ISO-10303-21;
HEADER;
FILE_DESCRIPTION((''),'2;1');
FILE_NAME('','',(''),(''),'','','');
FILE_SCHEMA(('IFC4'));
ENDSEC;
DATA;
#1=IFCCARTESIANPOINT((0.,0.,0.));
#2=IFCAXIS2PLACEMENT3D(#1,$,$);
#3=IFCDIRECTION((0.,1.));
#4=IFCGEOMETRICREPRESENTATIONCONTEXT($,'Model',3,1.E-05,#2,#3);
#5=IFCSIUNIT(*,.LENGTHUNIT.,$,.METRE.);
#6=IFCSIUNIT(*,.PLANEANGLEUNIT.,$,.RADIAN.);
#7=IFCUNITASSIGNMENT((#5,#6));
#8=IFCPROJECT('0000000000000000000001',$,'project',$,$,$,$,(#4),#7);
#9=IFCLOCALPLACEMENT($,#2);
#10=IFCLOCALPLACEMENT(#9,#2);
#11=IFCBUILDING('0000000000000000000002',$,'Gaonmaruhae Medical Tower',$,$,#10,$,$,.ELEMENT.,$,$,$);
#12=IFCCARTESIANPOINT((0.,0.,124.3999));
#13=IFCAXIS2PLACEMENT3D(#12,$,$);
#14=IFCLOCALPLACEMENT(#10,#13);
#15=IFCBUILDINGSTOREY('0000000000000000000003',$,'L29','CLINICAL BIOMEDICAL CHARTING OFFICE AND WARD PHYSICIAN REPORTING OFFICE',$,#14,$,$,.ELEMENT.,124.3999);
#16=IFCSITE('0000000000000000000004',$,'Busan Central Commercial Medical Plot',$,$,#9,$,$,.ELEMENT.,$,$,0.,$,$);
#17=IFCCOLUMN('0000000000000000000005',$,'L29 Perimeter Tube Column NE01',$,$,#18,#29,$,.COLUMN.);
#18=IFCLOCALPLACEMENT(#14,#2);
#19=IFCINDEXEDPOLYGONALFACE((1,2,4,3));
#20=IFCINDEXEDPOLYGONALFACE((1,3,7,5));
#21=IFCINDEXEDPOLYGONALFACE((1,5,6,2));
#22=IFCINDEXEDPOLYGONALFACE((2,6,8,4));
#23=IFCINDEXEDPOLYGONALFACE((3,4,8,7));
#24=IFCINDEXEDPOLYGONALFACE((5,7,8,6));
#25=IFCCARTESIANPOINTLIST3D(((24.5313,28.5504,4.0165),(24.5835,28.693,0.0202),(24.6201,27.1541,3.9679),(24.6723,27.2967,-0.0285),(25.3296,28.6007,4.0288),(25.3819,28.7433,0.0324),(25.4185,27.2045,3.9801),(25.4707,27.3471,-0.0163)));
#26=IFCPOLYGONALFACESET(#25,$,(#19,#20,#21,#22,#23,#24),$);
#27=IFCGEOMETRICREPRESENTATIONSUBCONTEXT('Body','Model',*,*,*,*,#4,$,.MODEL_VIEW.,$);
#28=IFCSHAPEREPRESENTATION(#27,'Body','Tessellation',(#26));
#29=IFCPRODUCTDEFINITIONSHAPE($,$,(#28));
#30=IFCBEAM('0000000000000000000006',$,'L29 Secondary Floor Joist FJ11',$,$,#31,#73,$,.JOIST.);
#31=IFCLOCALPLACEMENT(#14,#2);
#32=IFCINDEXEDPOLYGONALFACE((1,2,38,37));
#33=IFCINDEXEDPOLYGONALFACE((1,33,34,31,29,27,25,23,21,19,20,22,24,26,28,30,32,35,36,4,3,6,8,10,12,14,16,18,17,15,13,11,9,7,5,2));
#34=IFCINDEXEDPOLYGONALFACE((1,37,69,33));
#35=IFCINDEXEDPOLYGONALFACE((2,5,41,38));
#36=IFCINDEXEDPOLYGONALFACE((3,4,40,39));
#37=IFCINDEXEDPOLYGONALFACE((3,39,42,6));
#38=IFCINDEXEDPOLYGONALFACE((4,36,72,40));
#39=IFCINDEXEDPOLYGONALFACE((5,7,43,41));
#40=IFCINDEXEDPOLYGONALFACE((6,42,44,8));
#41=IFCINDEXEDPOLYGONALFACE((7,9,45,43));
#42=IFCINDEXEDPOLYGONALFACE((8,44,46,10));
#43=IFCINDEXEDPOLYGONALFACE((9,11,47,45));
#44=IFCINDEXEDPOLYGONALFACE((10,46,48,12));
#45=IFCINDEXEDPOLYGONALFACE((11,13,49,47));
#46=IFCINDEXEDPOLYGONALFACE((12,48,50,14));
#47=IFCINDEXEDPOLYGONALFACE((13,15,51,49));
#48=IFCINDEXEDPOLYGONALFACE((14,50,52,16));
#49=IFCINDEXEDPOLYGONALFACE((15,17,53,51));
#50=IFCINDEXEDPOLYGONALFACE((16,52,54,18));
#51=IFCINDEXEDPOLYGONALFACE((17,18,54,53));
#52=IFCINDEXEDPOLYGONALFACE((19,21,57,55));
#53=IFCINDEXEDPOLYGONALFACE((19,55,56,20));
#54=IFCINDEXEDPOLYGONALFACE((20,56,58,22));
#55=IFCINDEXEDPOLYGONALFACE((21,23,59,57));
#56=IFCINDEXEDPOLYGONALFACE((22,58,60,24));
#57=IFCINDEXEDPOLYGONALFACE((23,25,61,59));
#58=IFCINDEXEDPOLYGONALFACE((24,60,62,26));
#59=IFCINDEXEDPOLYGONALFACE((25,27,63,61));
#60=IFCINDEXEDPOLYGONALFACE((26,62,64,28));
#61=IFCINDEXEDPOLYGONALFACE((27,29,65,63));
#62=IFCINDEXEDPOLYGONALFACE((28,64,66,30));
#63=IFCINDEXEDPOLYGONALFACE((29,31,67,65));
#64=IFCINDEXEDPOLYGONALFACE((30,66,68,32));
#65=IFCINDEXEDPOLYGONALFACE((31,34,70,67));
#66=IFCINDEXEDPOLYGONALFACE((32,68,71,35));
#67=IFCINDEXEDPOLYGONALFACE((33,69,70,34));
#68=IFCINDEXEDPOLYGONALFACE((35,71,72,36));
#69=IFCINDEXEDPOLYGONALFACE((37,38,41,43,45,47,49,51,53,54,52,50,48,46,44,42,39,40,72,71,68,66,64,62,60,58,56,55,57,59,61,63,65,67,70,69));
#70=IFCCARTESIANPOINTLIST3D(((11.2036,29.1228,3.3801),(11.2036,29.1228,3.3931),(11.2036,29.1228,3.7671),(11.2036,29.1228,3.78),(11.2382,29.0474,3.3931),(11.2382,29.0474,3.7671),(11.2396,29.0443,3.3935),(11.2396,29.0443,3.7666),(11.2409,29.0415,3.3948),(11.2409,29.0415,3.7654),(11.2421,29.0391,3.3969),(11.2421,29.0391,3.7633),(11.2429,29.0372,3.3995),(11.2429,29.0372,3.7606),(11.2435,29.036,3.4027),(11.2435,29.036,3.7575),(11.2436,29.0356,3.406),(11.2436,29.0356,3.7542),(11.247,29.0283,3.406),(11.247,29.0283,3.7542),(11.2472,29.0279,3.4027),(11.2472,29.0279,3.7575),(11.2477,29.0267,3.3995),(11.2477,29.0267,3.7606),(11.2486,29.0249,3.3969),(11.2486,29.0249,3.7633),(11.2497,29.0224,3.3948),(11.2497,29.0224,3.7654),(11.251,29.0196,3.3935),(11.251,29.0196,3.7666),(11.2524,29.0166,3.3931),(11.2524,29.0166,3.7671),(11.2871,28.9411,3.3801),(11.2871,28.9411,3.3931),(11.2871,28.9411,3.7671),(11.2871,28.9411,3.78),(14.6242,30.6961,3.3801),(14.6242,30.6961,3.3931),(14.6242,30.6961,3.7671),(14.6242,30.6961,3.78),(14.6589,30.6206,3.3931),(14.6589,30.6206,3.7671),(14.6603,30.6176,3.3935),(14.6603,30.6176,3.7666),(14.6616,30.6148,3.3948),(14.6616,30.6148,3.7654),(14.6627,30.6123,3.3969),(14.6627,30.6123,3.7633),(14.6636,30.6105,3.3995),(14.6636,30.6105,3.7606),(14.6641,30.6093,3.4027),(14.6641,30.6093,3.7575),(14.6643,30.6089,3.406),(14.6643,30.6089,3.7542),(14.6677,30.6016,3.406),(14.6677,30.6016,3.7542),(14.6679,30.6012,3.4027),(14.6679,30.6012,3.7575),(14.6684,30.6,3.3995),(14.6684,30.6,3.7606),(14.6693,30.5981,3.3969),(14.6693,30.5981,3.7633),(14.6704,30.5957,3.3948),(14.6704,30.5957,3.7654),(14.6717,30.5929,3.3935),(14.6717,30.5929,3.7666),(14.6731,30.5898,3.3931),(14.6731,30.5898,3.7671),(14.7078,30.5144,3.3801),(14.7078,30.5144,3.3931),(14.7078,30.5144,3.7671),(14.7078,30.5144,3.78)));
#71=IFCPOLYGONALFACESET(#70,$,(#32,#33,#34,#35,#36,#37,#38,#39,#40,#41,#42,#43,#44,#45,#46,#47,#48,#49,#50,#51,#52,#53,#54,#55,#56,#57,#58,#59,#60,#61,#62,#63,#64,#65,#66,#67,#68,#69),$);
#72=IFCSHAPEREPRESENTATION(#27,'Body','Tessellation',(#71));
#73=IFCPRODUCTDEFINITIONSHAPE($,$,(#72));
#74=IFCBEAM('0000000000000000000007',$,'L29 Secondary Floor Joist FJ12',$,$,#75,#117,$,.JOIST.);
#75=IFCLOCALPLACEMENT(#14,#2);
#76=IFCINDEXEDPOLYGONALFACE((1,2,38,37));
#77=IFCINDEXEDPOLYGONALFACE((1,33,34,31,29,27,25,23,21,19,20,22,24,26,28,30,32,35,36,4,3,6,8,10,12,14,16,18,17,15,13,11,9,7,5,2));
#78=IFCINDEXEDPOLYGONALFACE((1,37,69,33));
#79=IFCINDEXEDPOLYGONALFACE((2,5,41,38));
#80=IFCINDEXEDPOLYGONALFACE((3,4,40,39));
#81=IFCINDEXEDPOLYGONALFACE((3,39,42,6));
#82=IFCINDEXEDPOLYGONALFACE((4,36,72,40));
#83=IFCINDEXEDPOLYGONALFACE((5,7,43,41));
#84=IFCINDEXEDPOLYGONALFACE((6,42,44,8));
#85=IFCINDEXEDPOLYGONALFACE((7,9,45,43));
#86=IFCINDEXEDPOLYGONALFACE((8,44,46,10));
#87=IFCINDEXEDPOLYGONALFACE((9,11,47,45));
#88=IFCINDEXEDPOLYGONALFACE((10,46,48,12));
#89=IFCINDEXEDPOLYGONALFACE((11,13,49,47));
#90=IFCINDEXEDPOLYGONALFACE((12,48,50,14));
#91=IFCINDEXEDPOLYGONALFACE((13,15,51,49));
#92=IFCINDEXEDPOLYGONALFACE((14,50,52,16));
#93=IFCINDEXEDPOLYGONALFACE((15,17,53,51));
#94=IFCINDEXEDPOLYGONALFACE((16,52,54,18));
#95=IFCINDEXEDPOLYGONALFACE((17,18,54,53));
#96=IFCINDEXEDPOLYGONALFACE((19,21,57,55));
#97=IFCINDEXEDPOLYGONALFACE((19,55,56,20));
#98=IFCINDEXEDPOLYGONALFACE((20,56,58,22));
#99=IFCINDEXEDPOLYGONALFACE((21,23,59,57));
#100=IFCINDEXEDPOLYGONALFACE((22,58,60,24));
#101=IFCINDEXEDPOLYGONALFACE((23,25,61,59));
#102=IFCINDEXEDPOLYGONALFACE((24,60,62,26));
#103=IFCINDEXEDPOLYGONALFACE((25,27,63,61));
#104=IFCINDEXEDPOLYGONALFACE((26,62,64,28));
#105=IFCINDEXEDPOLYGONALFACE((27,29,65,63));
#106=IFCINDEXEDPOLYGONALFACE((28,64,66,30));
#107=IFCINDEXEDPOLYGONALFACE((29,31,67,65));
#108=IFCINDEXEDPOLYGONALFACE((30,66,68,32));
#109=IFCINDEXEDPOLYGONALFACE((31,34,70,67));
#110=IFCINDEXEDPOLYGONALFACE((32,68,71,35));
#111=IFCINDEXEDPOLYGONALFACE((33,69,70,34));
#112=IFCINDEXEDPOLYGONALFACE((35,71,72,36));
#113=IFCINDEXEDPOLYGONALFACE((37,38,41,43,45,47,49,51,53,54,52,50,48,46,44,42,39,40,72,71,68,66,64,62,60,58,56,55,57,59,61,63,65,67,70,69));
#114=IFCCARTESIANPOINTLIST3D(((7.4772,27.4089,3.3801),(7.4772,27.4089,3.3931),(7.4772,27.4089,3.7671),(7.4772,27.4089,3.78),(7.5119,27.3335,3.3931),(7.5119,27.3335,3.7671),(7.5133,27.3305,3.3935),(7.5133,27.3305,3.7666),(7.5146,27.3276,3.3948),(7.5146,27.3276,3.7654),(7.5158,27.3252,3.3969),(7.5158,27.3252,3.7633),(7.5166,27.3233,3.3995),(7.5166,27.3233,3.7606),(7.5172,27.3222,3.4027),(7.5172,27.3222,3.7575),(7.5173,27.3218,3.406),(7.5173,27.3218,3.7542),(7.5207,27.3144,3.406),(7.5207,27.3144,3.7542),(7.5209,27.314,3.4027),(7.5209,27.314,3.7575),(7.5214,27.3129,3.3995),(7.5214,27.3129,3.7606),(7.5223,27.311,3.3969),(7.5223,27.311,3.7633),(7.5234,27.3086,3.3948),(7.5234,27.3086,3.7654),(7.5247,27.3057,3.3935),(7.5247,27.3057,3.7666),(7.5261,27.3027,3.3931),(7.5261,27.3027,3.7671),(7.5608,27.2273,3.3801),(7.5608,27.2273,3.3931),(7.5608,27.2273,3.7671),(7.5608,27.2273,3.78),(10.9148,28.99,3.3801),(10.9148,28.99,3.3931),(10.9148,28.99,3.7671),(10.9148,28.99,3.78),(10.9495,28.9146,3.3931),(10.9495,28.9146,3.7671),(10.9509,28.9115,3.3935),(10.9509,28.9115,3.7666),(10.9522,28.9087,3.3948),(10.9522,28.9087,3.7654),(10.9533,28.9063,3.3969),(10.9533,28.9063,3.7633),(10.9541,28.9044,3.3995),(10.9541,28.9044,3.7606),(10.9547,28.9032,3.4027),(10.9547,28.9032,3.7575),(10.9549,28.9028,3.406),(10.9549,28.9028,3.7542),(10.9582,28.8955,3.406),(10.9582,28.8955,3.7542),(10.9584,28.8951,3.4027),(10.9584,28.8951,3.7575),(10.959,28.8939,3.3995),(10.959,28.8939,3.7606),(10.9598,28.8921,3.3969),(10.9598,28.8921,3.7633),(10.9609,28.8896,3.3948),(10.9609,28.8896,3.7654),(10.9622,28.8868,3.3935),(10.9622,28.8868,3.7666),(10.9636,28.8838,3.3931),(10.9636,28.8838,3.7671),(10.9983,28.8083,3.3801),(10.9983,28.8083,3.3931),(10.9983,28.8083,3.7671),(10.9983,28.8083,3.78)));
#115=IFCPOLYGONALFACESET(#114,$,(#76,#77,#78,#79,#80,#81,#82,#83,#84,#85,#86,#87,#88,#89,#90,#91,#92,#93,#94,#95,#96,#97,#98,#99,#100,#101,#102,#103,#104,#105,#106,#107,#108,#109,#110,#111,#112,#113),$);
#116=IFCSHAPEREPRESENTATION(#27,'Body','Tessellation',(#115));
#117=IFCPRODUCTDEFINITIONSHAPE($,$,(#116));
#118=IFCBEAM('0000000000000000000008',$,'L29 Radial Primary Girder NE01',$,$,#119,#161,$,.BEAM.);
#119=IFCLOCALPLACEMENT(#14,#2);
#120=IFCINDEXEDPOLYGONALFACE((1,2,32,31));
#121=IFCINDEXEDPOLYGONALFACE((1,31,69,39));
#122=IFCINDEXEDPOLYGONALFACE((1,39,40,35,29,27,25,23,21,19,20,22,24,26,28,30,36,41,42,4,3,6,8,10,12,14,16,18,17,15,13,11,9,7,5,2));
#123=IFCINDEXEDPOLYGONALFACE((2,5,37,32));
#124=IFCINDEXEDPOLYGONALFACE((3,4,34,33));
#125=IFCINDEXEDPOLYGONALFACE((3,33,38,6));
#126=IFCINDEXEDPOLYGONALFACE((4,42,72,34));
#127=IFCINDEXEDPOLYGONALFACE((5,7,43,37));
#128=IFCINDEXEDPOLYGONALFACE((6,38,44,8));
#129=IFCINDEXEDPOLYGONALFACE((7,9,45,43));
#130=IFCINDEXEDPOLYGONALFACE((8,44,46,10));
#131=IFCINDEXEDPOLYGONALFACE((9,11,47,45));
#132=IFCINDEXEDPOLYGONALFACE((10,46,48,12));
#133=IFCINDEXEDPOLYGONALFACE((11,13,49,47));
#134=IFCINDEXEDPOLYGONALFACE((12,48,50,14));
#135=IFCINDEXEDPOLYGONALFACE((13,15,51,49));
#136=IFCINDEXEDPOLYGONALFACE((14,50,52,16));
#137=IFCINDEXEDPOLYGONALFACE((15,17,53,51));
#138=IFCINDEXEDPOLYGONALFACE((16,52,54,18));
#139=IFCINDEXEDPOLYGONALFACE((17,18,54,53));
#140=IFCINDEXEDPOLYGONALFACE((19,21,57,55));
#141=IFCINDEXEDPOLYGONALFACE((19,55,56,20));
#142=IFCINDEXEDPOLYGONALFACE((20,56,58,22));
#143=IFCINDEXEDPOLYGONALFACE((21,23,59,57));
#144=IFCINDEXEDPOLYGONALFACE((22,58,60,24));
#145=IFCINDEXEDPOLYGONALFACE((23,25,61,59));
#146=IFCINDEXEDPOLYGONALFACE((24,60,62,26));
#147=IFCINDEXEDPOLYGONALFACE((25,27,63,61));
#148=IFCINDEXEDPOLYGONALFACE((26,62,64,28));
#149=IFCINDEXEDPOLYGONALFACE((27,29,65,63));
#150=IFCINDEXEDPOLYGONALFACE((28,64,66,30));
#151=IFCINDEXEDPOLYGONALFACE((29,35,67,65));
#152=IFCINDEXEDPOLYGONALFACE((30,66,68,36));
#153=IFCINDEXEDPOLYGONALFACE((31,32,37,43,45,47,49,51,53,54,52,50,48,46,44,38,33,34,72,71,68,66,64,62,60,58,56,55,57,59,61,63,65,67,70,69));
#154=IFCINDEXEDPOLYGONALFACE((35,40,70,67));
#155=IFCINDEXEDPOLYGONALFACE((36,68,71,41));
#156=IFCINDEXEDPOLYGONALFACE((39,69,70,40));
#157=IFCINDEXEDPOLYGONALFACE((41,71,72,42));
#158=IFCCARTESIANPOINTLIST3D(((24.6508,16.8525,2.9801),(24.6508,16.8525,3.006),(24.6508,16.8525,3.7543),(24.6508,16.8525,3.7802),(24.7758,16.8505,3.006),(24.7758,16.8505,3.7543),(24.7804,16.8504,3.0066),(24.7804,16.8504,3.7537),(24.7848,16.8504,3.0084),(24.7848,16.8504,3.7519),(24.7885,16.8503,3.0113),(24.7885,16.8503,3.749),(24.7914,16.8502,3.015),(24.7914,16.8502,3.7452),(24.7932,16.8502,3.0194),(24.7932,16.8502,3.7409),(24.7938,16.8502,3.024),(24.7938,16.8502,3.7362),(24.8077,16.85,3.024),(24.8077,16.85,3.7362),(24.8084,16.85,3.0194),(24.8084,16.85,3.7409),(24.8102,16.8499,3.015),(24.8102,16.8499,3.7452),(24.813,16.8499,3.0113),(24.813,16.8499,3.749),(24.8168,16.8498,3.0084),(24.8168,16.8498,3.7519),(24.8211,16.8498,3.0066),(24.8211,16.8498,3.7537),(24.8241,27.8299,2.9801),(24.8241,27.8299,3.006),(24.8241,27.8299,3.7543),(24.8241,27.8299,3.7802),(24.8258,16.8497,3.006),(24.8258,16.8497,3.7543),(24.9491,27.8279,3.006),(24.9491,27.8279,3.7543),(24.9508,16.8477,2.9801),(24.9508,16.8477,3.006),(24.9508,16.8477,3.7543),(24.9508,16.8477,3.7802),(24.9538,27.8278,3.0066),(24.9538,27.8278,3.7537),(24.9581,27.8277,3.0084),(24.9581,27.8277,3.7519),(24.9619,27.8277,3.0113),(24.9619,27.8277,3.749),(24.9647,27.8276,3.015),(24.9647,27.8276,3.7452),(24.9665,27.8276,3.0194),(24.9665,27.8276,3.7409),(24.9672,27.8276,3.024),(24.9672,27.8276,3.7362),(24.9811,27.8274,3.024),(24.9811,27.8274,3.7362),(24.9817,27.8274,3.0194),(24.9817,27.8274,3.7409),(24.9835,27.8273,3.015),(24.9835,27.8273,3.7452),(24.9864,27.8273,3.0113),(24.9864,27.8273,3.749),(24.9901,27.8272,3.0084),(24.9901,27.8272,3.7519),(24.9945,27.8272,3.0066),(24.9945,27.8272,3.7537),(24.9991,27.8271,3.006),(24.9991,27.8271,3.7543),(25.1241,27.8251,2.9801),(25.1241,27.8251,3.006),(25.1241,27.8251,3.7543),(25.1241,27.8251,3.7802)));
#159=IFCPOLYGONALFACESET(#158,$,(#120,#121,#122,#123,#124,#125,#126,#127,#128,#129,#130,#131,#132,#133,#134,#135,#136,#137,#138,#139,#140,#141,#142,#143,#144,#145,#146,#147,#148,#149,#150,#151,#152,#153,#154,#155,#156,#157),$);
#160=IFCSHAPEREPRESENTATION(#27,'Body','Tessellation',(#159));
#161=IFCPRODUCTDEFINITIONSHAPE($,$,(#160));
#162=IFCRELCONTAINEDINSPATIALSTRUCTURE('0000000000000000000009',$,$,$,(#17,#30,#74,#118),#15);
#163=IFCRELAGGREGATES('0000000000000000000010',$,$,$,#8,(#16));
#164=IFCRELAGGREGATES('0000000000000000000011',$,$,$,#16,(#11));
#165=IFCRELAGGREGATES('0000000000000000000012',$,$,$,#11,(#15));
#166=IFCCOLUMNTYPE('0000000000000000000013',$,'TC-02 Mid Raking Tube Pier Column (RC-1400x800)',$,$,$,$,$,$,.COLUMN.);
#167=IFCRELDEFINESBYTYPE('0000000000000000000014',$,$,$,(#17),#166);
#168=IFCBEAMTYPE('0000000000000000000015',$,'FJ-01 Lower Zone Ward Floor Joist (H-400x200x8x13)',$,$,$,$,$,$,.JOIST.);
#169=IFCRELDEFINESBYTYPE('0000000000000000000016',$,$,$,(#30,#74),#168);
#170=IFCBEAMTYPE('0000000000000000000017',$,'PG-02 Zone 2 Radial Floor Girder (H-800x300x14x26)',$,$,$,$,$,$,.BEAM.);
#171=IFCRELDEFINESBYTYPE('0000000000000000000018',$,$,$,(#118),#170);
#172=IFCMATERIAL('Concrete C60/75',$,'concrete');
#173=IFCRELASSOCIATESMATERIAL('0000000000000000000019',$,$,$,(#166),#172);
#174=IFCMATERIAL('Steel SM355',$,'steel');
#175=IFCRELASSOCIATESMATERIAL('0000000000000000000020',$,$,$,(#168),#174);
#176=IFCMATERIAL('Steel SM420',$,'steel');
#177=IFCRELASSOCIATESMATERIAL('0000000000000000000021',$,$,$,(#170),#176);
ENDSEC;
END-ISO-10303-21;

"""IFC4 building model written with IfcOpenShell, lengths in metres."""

from ifc_helpers import new_model, si_unit, direction, frame, origin, origin_2d, place, context, subcontext, project, spatial, rectangle, i_section, extrude, material, material_profile, profile_set, type_object, element, save


model = new_model("IFC4")

# Units and contexts
model_context = context("Model", 3, precision=1e-05, world=origin(), true_north=direction((0.0, 1.0)))
body_context = subcontext(model_context, "Body", "Model", "MODEL_VIEW")
ifc_project = project(units=[si_unit("LENGTHUNIT", "METRE"), si_unit("PLANEANGLEUNIT", "RADIAN")], contexts=[model_context])

# Site, building, storey
site_placement = place(None, origin())
site = spatial("IfcSite", under=ifc_project, at=site_placement, Name="Busan Central Commercial Medical Plot", CompositionType="ELEMENT", RefElevation=0.0)
building_placement = place(site_placement, origin())
building = spatial("IfcBuilding", under=site, at=building_placement, Name="Gaonmaruhae Medical Tower", CompositionType="ELEMENT")
storey_placement = place(building_placement, frame((0.0, 0.0, 124.3999)))
storey = spatial("IfcBuildingStorey", under=building, at=storey_placement, Name="L29", Description="CLINICAL BIOMEDICAL CHARTING OFFICE AND WARD PHYSICIAN REPORTING OFFICE", CompositionType="ELEMENT", Elevation=124.3999)

# Column
ifc_material_1 = material(Name="Concrete C60/75", Category="concrete")
ifc_material_profile_1 = material_profile(ifc_material_1, rectangle(XDim=1.3999, YDim=0.8, at=origin_2d()), Name="RC-1400x800")
ifc_profile_set_1 = profile_set([ifc_material_profile_1], Name="Concrete C60/75")
column_type = type_object("IfcColumnType", Name="TC-02 Mid Raking Tube Pier Column (RC-1400x800)", PredefinedType="COLUMN", material=ifc_profile_set_1)
column_placement = place(storey_placement, frame((25.0271, 28.02, 0.002), z_axis=(-0.013064, -0.035651, 0.999279), x_axis=(-0.063457, 0.997379, 0.034754)))
element("IfcColumn", 1, at=column_placement, inside=storey, type_object=column_type, Name="L29 Perimeter Tube Column NE01", PredefinedType="COLUMN", context=body_context, shape_type="SweptSolid", body=[
    extrude(rectangle(XDim=1.3999, YDim=0.8, at=origin_2d()), origin(), (0.0, 0.0, 1.0), 3.9993),
])

# Beams
ifc_material_2 = material(Name="Steel SM355", Category="steel")
ifc_material_profile_2 = material_profile(ifc_material_2, i_section(OverallWidth=0.2, OverallDepth=0.3999, WebThickness=0.0081, FlangeThickness=0.0129, FilletRadius=0.0129, at=origin_2d()), Name="H-400x200x8x13")
ifc_profile_set_2 = profile_set([ifc_material_profile_2], Name="Steel SM355")
beam_type_1 = type_object("IfcBeamType", Name="FJ-01 Lower Zone Ward Floor Joist (H-400x200x8x13)", PredefinedType="JOIST", material=ifc_profile_set_2)
beam_1_placement = place(storey_placement, frame((14.666, 30.6052, 3.5801), z_axis=(-0.908517, -0.417849, 0.0), x_axis=(0.417849, -0.908517, 0.0)))
element("IfcBeam", 2, at=beam_1_placement, inside=storey, type_object=beam_type_1, Name="L29 Secondary Floor Joist FJ11", PredefinedType="JOIST", context=body_context, shape_type="SweptSolid", body=[
    extrude(i_section(OverallWidth=0.2, OverallDepth=0.3999, WebThickness=0.0081, FlangeThickness=0.0129, FilletRadius=0.0129, at=origin_2d()), origin(), (0.0, 0.0, 1.0), 3.7651),
])
beam_2_placement = place(storey_placement, frame((10.9565, 28.8992, 3.5801), z_axis=(-0.90851, -0.417863, 0.0), x_axis=(0.417863, -0.90851, 0.0)))
element("IfcBeam", 3, at=beam_2_placement, inside=storey, type_object=beam_type_1, Name="L29 Secondary Floor Joist FJ12", PredefinedType="JOIST", context=body_context, shape_type="SweptSolid", body=[
    extrude(i_section(OverallWidth=0.2, OverallDepth=0.3999, WebThickness=0.0081, FlangeThickness=0.0129, FilletRadius=0.0129, at=origin_2d()), origin(), (0.0, 0.0, 1.0), 3.7837),
])
ifc_material_3 = material(Name="Steel SM420", Category="steel")
ifc_material_profile_3 = material_profile(ifc_material_3, i_section(OverallWidth=0.3, OverallDepth=0.8, WebThickness=0.0139, FlangeThickness=0.0259, FilletRadius=0.0181, at=origin_2d()), Name="H-800x300x14x26")
ifc_profile_set_3 = profile_set([ifc_material_profile_3], Name="Steel SM420")
beam_type_2 = type_object("IfcBeamType", Name="PG-02 Zone 2 Radial Floor Girder (H-800x300x14x26)", PredefinedType="BEAM", material=ifc_profile_set_3)
beam_3_placement = place(storey_placement, frame((24.8008, 16.8501, 3.3801), z_axis=(0.015789, 0.999875, 0.0), x_axis=(-0.999875, 0.015789, 0.0)))
element("IfcBeam", 4, at=beam_3_placement, inside=storey, type_object=beam_type_2, Name="L29 Radial Primary Girder NE01", PredefinedType="BEAM", context=body_context, shape_type="SweptSolid", body=[
    extrude(i_section(OverallWidth=0.3, OverallDepth=0.8, WebThickness=0.0139, FlangeThickness=0.0259, FilletRadius=0.0181, at=origin_2d()), origin(), (0.0, 0.0, 1.0), 10.9788),
])

save(model, "model.ifc")
